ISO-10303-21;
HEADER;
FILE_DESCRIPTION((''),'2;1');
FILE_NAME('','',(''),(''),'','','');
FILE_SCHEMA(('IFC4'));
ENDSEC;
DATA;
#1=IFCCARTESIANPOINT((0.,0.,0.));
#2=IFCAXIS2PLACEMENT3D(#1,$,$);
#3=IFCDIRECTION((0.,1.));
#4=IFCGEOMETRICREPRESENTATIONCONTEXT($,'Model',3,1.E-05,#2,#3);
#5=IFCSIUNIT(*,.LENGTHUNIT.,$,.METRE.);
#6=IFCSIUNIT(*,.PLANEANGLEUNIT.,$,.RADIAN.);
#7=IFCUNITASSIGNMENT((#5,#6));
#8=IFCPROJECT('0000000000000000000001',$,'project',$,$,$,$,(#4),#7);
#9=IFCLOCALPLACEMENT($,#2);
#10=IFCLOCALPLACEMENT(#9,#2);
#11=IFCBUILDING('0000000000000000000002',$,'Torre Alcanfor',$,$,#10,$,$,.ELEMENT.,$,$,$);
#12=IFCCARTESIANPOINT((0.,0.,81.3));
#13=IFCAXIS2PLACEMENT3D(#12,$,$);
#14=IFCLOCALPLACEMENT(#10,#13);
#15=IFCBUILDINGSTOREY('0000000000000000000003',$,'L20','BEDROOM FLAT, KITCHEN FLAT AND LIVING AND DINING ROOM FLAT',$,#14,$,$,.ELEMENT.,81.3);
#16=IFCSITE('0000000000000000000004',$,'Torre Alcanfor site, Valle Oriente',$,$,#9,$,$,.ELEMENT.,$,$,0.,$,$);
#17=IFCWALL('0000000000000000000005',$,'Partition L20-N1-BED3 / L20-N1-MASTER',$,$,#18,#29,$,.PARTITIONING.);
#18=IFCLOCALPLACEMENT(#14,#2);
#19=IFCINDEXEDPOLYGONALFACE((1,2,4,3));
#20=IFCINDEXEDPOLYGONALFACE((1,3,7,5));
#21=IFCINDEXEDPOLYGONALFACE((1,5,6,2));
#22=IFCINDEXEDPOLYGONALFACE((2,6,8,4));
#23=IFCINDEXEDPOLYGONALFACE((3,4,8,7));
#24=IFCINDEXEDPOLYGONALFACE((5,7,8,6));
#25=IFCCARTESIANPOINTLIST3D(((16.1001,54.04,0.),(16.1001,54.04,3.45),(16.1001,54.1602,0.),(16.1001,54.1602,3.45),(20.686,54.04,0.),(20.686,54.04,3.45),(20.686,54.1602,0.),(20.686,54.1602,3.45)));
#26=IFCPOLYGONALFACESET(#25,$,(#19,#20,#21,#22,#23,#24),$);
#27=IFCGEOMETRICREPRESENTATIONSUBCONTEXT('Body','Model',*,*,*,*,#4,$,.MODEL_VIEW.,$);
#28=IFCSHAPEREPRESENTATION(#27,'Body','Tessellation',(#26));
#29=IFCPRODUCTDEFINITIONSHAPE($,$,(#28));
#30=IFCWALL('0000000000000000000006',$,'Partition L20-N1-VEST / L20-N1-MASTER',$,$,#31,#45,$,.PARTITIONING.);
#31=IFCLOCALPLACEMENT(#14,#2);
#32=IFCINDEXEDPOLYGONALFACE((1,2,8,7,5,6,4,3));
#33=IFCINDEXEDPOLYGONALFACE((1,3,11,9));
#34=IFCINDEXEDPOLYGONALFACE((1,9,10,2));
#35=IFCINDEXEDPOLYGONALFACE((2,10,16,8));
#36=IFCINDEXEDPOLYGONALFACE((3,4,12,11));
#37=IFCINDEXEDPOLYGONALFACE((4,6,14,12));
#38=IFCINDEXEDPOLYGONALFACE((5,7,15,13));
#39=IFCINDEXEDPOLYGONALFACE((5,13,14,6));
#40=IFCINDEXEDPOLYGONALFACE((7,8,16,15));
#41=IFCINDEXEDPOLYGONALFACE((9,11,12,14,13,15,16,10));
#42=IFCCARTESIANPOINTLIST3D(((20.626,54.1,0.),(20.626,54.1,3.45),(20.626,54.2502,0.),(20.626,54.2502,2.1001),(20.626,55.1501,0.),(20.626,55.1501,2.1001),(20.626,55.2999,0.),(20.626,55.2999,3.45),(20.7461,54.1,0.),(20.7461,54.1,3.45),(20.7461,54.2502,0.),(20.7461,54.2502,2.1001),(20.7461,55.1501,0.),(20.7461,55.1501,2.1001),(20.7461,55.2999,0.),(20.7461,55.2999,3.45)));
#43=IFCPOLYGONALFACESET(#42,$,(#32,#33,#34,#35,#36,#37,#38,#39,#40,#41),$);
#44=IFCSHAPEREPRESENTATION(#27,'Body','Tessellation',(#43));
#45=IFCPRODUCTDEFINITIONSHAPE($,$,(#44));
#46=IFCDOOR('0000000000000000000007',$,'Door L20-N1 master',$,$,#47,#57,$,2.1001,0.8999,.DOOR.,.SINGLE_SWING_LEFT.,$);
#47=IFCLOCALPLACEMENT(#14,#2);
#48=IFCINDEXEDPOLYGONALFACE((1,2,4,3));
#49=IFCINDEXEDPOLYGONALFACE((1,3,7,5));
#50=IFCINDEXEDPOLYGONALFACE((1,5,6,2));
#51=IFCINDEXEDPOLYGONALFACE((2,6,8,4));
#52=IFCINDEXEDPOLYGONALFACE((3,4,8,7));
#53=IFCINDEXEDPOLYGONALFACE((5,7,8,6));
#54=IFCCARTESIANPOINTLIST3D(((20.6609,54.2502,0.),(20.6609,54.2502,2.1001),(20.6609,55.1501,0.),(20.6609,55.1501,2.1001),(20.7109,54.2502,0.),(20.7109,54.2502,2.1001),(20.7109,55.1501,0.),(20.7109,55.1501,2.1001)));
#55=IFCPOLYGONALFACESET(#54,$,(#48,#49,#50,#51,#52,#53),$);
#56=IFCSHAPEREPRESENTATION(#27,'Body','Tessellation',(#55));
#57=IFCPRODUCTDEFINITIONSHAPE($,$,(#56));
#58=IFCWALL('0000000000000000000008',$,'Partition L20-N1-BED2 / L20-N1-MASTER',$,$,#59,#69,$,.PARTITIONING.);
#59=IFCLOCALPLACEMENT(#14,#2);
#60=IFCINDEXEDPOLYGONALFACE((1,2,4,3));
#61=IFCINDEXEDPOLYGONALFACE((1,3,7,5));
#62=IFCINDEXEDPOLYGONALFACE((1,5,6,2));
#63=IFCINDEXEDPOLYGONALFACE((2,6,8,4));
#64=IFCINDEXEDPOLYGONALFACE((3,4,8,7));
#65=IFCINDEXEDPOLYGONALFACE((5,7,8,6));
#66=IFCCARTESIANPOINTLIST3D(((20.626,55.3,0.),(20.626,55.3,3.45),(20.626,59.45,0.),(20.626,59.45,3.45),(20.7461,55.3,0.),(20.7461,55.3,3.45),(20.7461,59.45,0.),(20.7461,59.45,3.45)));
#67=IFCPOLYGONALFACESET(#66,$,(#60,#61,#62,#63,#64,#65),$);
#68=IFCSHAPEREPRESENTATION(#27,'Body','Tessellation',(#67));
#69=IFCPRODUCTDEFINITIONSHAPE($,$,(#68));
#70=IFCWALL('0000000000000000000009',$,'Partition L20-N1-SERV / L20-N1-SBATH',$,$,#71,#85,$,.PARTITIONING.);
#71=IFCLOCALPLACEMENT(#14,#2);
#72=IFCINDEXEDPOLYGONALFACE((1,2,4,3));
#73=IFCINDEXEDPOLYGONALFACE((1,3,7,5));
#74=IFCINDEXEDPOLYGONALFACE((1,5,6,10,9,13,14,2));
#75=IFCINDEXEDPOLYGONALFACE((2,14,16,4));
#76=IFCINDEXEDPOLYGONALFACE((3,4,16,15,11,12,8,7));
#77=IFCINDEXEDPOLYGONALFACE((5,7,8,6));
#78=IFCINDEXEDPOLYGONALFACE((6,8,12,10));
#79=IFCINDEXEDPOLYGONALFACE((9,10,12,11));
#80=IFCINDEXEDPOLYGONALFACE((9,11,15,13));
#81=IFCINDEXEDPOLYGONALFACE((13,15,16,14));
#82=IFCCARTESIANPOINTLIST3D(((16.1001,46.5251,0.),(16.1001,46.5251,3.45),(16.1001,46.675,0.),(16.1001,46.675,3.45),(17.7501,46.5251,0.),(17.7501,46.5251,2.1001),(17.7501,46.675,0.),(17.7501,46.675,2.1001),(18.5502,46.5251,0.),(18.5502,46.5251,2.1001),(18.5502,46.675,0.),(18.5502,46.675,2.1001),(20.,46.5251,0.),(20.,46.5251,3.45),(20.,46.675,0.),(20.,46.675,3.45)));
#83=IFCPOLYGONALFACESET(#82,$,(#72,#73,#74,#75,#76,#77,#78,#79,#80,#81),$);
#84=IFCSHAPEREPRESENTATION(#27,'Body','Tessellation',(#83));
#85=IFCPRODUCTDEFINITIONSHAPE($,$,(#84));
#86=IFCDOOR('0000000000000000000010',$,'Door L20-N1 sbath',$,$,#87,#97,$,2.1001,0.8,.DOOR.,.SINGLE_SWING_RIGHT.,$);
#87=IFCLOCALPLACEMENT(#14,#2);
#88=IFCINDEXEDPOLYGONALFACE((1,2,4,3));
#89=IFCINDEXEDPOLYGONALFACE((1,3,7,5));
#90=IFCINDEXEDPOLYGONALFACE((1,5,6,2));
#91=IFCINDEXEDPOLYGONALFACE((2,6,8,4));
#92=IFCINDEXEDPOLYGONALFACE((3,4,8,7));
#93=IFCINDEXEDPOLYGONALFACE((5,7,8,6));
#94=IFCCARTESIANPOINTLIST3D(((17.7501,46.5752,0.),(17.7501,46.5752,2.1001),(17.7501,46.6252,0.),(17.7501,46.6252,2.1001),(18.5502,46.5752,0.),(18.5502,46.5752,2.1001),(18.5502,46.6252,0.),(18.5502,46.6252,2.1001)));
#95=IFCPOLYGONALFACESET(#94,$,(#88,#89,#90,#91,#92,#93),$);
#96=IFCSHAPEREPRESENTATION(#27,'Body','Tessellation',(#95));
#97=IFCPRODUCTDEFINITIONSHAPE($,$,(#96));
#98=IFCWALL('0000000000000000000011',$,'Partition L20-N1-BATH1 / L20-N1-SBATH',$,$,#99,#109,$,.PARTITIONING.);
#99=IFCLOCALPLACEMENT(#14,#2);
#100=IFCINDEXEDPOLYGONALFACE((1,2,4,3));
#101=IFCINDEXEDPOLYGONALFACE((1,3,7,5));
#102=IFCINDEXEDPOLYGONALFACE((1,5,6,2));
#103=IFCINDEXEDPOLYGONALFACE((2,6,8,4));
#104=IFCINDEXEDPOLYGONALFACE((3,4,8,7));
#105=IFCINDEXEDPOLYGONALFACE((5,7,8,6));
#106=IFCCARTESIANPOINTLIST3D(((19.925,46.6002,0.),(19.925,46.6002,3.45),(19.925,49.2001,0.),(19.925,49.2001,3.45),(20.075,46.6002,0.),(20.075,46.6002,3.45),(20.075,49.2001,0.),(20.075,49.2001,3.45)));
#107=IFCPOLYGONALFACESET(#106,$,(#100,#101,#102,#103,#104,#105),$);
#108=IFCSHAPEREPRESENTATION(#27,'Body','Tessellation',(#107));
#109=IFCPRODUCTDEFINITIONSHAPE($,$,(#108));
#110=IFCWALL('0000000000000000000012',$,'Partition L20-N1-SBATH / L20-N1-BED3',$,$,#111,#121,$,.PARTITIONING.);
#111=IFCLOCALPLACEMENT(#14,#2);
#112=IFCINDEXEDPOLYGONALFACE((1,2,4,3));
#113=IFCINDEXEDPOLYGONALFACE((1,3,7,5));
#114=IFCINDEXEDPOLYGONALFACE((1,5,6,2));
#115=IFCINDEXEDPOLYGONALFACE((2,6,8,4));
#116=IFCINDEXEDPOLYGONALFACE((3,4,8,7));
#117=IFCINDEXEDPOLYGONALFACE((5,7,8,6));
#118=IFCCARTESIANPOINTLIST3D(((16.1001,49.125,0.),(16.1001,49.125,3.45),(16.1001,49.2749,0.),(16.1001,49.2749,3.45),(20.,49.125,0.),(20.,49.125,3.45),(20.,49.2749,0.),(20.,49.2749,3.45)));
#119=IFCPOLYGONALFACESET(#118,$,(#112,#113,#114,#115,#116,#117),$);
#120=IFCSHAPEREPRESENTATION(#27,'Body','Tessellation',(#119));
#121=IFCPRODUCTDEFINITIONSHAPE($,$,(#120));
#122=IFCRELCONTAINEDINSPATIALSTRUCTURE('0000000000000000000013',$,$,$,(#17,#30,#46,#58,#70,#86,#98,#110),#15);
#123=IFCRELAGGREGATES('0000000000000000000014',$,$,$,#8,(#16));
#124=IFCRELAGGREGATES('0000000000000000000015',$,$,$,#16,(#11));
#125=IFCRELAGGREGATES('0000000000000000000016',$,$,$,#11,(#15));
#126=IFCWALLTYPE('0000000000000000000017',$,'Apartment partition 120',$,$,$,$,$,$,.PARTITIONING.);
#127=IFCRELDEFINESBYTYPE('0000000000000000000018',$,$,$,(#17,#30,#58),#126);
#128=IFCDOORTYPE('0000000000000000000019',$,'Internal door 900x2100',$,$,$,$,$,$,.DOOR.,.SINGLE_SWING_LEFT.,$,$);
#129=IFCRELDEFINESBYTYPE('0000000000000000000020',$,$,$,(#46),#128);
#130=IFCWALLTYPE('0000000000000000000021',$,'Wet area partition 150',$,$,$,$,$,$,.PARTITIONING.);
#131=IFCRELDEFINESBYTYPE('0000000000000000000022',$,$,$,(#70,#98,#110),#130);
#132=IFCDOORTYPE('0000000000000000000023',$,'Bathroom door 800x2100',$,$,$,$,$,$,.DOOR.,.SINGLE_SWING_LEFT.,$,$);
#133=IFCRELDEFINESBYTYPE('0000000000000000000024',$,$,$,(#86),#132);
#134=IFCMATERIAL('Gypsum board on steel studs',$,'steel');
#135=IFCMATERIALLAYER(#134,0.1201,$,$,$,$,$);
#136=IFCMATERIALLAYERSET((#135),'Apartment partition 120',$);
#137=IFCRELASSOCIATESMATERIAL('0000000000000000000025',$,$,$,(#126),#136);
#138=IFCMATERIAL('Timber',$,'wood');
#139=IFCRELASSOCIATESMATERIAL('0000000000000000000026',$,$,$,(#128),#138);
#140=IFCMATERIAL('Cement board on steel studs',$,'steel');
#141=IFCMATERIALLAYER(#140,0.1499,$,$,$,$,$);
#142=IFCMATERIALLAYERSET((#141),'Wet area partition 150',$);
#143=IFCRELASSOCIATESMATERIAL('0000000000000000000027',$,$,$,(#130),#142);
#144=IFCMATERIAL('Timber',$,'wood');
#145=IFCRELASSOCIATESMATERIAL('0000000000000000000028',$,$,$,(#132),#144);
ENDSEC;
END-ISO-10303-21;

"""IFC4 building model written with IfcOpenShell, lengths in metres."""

from ifc_helpers import new_model, si_unit, direction, frame, frame_2d, origin, place, context, subcontext, project, spatial, rectangle, extrude, material, layer, layer_set, type_object, element, fill, save


model = new_model("IFC4")

# Units and contexts
model_context = context("Model", 3, precision=1e-05, world=origin(), true_north=direction((0.0, 1.0)))
body_context = subcontext(model_context, "Body", "Model", "MODEL_VIEW")
ifc_project = project(units=[si_unit("LENGTHUNIT", "METRE"), si_unit("PLANEANGLEUNIT", "RADIAN")], contexts=[model_context])

# Site, building, storey
site_placement = place(None, origin())
site = spatial("IfcSite", under=ifc_project, at=site_placement, Name="Torre Alcanfor site, Valle Oriente", CompositionType="ELEMENT", RefElevation=0.0)
building_placement = place(site_placement, origin())
building = spatial("IfcBuilding", under=site, at=building_placement, Name="Torre Alcanfor", CompositionType="ELEMENT")
storey_placement = place(building_placement, frame((0.0, 0.0, 81.3)))
storey = spatial("IfcBuildingStorey", under=building, at=storey_placement, Name="L20", Description="BEDROOM FLAT, KITCHEN FLAT AND LIVING AND DINING ROOM FLAT", CompositionType="ELEMENT", Elevation=81.3)

# Wall
ifc_material_1 = material(Name="Gypsum board on steel studs", Category="steel")
ifc_layer_1 = layer(ifc_material_1, 0.1201)
ifc_layer_set_1 = layer_set([ifc_layer_1], Name="Apartment partition 120")
wall_type_1 = type_object("IfcWallType", Name="Apartment partition 120", PredefinedType="PARTITIONING", material=ifc_layer_set_1)
wall_1_placement = place(storey_placement, frame((20.686, 54.1001, 0.0), z_axis=(0.0, 0.0, 1.0), x_axis=(-1.0, 0.0, 0.0)))
element("IfcWall", 1, at=wall_1_placement, inside=storey, type_object=wall_type_1, Name="Partition L20-N1-BED3 / L20-N1-MASTER", PredefinedType="PARTITIONING", context=body_context, shape_type="SweptSolid", body=[
    extrude(rectangle(XDim=4.5859, YDim=0.1201, at=frame_2d((2.293, 0.0))), origin(), (0.0, 0.0, 1.0), 3.45),
])

# Wall, opening, door
wall_2_placement = place(storey_placement, frame((20.686, 55.3, 0.0), z_axis=(0.0, 0.0, 1.0), x_axis=(0.0, -1.0, 0.0)))
wall_2 = element("IfcWall", 2, at=wall_2_placement, inside=storey, type_object=wall_type_1, Name="Partition L20-N1-VEST / L20-N1-MASTER", PredefinedType="PARTITIONING", context=body_context, shape_type="SweptSolid", body=[
    extrude(rectangle(XDim=1.2, YDim=0.1201, at=frame_2d((0.6001, 0.0))), origin(), (0.0, 0.0, 1.0), 3.45),
])
opening_1_placement = place(wall_2_placement, frame((0.1499, 0.0, 0.0)))
opening_1 = element("IfcOpeningElement", 3, at=opening_1_placement, cuts=wall_2, PredefinedType="OPENING", context=body_context, shape_type="SweptSolid", body=[
    extrude(rectangle(XDim=0.8999, YDim=2.1001, at=frame_2d((0.45, 1.05))), frame((0.0, 0.0701, 0.0), z_axis=(0.0, -1.0, 0.0), x_axis=(1.0, 0.0, 0.0)), (0.0, 0.0, 1.0), 0.1401),
])
ifc_material_2 = material(Name="Timber", Category="wood")
door_type_1 = type_object("IfcDoorType", Name="Internal door 900x2100", OperationType="SINGLE_SWING_LEFT", PredefinedType="DOOR", material=ifc_material_2)
door_1_placement = place(opening_1_placement, origin())
door_1 = element("IfcDoor", 4, at=door_1_placement, inside=storey, type_object=door_type_1, Name="Door L20-N1 master", OperationType="SINGLE_SWING_LEFT", OverallHeight=2.1001, OverallWidth=0.8999, PredefinedType="DOOR", context=body_context, shape_type="SweptSolid", body=[
    extrude(rectangle(XDim=0.8999, YDim=2.1001, at=frame_2d((0.45, 1.05))), frame((0.0, 0.0249, 0.0), z_axis=(0.0, -1.0, 0.0), x_axis=(1.0, 0.0, 0.0)), (0.0, 0.0, 1.0), 0.05),
])
fill(opening_1, door_1)

# Wall
wall_3_placement = place(storey_placement, frame((20.686, 59.45, 0.0), z_axis=(0.0, 0.0, 1.0), x_axis=(0.0, -1.0, 0.0)))
element("IfcWall", 5, at=wall_3_placement, inside=storey, type_object=wall_type_1, Name="Partition L20-N1-BED2 / L20-N1-MASTER", PredefinedType="PARTITIONING", context=body_context, shape_type="SweptSolid", body=[
    extrude(rectangle(XDim=4.1499, YDim=0.1201, at=frame_2d((2.075, 0.0))), origin(), (0.0, 0.0, 1.0), 3.45),
])

# Wall, opening, door
ifc_material_3 = material(Name="Cement board on steel studs", Category="steel")
ifc_layer_2 = layer(ifc_material_3, 0.1499)
ifc_layer_set_2 = layer_set([ifc_layer_2], Name="Wet area partition 150")
wall_type_2 = type_object("IfcWallType", Name="Wet area partition 150", PredefinedType="PARTITIONING", material=ifc_layer_set_2)
wall_4_placement = place(storey_placement, frame((20.0, 46.6001, 0.0), z_axis=(0.0, 0.0, 1.0), x_axis=(-1.0, 0.0, 0.0)))
wall_4 = element("IfcWall", 6, at=wall_4_placement, inside=storey, type_object=wall_type_2, Name="Partition L20-N1-SERV / L20-N1-SBATH", PredefinedType="PARTITIONING", context=body_context, shape_type="SweptSolid", body=[
    extrude(rectangle(XDim=3.8999, YDim=0.1499, at=frame_2d((1.95, 0.0))), origin(), (0.0, 0.0, 1.0), 3.45),
])
opening_2_placement = place(wall_4_placement, frame((1.45, 0.0, 0.0)))
opening_2 = element("IfcOpeningElement", 7, at=opening_2_placement, cuts=wall_4, PredefinedType="OPENING", context=body_context, shape_type="SweptSolid", body=[
    extrude(rectangle(XDim=0.8, YDim=2.1001, at=frame_2d((0.3999, 1.05))), frame((0.0, 0.085, 0.0), z_axis=(0.0, -1.0, 0.0), x_axis=(1.0, 0.0, 0.0)), (0.0, 0.0, 1.0), 0.1699),
])
ifc_material_4 = material(Name="Timber", Category="wood")
door_type_2 = type_object("IfcDoorType", Name="Bathroom door 800x2100", OperationType="SINGLE_SWING_LEFT", PredefinedType="DOOR", material=ifc_material_4)
door_2_placement = place(opening_2_placement, frame((0.8, 0.0, 0.0), z_axis=(0.0, 0.0, 1.0), x_axis=(-1.0, 0.0, 0.0)))
door_2 = element("IfcDoor", 8, at=door_2_placement, inside=storey, type_object=door_type_2, Name="Door L20-N1 sbath", OperationType="SINGLE_SWING_RIGHT", OverallHeight=2.1001, OverallWidth=0.8, PredefinedType="DOOR", context=body_context, shape_type="SweptSolid", body=[
    extrude(rectangle(XDim=0.8, YDim=2.1001, at=frame_2d((0.4001, 1.05))), frame((0.0, 0.0251, 0.0), z_axis=(0.0, -1.0, 0.0), x_axis=(1.0, 0.0, 0.0)), (0.0, 0.0, 1.0), 0.05),
])
fill(opening_2, door_2)

# Walls
wall_5_placement = place(storey_placement, frame((20.0, 49.2, 0.0), z_axis=(0.0, 0.0, 1.0), x_axis=(0.0, -1.0, 0.0)))
element("IfcWall", 9, at=wall_5_placement, inside=storey, type_object=wall_type_2, Name="Partition L20-N1-BATH1 / L20-N1-SBATH", PredefinedType="PARTITIONING", context=body_context, shape_type="SweptSolid", body=[
    extrude(rectangle(XDim=2.5999, YDim=0.1499, at=frame_2d((1.2998, 0.0))), origin(), (0.0, 0.0, 1.0), 3.45),
])
wall_6_placement = place(storey_placement, frame((20.0, 49.2, 0.0), z_axis=(0.0, 0.0, 1.0), x_axis=(-1.0, 0.0, 0.0)))
element("IfcWall", 10, at=wall_6_placement, inside=storey, type_object=wall_type_2, Name="Partition L20-N1-SBATH / L20-N1-BED3", PredefinedType="PARTITIONING", context=body_context, shape_type="SweptSolid", body=[
    extrude(rectangle(XDim=3.8999, YDim=0.1499, at=frame_2d((1.95, 0.0))), origin(), (0.0, 0.0, 1.0), 3.45),
])

save(model, "model.ifc")
